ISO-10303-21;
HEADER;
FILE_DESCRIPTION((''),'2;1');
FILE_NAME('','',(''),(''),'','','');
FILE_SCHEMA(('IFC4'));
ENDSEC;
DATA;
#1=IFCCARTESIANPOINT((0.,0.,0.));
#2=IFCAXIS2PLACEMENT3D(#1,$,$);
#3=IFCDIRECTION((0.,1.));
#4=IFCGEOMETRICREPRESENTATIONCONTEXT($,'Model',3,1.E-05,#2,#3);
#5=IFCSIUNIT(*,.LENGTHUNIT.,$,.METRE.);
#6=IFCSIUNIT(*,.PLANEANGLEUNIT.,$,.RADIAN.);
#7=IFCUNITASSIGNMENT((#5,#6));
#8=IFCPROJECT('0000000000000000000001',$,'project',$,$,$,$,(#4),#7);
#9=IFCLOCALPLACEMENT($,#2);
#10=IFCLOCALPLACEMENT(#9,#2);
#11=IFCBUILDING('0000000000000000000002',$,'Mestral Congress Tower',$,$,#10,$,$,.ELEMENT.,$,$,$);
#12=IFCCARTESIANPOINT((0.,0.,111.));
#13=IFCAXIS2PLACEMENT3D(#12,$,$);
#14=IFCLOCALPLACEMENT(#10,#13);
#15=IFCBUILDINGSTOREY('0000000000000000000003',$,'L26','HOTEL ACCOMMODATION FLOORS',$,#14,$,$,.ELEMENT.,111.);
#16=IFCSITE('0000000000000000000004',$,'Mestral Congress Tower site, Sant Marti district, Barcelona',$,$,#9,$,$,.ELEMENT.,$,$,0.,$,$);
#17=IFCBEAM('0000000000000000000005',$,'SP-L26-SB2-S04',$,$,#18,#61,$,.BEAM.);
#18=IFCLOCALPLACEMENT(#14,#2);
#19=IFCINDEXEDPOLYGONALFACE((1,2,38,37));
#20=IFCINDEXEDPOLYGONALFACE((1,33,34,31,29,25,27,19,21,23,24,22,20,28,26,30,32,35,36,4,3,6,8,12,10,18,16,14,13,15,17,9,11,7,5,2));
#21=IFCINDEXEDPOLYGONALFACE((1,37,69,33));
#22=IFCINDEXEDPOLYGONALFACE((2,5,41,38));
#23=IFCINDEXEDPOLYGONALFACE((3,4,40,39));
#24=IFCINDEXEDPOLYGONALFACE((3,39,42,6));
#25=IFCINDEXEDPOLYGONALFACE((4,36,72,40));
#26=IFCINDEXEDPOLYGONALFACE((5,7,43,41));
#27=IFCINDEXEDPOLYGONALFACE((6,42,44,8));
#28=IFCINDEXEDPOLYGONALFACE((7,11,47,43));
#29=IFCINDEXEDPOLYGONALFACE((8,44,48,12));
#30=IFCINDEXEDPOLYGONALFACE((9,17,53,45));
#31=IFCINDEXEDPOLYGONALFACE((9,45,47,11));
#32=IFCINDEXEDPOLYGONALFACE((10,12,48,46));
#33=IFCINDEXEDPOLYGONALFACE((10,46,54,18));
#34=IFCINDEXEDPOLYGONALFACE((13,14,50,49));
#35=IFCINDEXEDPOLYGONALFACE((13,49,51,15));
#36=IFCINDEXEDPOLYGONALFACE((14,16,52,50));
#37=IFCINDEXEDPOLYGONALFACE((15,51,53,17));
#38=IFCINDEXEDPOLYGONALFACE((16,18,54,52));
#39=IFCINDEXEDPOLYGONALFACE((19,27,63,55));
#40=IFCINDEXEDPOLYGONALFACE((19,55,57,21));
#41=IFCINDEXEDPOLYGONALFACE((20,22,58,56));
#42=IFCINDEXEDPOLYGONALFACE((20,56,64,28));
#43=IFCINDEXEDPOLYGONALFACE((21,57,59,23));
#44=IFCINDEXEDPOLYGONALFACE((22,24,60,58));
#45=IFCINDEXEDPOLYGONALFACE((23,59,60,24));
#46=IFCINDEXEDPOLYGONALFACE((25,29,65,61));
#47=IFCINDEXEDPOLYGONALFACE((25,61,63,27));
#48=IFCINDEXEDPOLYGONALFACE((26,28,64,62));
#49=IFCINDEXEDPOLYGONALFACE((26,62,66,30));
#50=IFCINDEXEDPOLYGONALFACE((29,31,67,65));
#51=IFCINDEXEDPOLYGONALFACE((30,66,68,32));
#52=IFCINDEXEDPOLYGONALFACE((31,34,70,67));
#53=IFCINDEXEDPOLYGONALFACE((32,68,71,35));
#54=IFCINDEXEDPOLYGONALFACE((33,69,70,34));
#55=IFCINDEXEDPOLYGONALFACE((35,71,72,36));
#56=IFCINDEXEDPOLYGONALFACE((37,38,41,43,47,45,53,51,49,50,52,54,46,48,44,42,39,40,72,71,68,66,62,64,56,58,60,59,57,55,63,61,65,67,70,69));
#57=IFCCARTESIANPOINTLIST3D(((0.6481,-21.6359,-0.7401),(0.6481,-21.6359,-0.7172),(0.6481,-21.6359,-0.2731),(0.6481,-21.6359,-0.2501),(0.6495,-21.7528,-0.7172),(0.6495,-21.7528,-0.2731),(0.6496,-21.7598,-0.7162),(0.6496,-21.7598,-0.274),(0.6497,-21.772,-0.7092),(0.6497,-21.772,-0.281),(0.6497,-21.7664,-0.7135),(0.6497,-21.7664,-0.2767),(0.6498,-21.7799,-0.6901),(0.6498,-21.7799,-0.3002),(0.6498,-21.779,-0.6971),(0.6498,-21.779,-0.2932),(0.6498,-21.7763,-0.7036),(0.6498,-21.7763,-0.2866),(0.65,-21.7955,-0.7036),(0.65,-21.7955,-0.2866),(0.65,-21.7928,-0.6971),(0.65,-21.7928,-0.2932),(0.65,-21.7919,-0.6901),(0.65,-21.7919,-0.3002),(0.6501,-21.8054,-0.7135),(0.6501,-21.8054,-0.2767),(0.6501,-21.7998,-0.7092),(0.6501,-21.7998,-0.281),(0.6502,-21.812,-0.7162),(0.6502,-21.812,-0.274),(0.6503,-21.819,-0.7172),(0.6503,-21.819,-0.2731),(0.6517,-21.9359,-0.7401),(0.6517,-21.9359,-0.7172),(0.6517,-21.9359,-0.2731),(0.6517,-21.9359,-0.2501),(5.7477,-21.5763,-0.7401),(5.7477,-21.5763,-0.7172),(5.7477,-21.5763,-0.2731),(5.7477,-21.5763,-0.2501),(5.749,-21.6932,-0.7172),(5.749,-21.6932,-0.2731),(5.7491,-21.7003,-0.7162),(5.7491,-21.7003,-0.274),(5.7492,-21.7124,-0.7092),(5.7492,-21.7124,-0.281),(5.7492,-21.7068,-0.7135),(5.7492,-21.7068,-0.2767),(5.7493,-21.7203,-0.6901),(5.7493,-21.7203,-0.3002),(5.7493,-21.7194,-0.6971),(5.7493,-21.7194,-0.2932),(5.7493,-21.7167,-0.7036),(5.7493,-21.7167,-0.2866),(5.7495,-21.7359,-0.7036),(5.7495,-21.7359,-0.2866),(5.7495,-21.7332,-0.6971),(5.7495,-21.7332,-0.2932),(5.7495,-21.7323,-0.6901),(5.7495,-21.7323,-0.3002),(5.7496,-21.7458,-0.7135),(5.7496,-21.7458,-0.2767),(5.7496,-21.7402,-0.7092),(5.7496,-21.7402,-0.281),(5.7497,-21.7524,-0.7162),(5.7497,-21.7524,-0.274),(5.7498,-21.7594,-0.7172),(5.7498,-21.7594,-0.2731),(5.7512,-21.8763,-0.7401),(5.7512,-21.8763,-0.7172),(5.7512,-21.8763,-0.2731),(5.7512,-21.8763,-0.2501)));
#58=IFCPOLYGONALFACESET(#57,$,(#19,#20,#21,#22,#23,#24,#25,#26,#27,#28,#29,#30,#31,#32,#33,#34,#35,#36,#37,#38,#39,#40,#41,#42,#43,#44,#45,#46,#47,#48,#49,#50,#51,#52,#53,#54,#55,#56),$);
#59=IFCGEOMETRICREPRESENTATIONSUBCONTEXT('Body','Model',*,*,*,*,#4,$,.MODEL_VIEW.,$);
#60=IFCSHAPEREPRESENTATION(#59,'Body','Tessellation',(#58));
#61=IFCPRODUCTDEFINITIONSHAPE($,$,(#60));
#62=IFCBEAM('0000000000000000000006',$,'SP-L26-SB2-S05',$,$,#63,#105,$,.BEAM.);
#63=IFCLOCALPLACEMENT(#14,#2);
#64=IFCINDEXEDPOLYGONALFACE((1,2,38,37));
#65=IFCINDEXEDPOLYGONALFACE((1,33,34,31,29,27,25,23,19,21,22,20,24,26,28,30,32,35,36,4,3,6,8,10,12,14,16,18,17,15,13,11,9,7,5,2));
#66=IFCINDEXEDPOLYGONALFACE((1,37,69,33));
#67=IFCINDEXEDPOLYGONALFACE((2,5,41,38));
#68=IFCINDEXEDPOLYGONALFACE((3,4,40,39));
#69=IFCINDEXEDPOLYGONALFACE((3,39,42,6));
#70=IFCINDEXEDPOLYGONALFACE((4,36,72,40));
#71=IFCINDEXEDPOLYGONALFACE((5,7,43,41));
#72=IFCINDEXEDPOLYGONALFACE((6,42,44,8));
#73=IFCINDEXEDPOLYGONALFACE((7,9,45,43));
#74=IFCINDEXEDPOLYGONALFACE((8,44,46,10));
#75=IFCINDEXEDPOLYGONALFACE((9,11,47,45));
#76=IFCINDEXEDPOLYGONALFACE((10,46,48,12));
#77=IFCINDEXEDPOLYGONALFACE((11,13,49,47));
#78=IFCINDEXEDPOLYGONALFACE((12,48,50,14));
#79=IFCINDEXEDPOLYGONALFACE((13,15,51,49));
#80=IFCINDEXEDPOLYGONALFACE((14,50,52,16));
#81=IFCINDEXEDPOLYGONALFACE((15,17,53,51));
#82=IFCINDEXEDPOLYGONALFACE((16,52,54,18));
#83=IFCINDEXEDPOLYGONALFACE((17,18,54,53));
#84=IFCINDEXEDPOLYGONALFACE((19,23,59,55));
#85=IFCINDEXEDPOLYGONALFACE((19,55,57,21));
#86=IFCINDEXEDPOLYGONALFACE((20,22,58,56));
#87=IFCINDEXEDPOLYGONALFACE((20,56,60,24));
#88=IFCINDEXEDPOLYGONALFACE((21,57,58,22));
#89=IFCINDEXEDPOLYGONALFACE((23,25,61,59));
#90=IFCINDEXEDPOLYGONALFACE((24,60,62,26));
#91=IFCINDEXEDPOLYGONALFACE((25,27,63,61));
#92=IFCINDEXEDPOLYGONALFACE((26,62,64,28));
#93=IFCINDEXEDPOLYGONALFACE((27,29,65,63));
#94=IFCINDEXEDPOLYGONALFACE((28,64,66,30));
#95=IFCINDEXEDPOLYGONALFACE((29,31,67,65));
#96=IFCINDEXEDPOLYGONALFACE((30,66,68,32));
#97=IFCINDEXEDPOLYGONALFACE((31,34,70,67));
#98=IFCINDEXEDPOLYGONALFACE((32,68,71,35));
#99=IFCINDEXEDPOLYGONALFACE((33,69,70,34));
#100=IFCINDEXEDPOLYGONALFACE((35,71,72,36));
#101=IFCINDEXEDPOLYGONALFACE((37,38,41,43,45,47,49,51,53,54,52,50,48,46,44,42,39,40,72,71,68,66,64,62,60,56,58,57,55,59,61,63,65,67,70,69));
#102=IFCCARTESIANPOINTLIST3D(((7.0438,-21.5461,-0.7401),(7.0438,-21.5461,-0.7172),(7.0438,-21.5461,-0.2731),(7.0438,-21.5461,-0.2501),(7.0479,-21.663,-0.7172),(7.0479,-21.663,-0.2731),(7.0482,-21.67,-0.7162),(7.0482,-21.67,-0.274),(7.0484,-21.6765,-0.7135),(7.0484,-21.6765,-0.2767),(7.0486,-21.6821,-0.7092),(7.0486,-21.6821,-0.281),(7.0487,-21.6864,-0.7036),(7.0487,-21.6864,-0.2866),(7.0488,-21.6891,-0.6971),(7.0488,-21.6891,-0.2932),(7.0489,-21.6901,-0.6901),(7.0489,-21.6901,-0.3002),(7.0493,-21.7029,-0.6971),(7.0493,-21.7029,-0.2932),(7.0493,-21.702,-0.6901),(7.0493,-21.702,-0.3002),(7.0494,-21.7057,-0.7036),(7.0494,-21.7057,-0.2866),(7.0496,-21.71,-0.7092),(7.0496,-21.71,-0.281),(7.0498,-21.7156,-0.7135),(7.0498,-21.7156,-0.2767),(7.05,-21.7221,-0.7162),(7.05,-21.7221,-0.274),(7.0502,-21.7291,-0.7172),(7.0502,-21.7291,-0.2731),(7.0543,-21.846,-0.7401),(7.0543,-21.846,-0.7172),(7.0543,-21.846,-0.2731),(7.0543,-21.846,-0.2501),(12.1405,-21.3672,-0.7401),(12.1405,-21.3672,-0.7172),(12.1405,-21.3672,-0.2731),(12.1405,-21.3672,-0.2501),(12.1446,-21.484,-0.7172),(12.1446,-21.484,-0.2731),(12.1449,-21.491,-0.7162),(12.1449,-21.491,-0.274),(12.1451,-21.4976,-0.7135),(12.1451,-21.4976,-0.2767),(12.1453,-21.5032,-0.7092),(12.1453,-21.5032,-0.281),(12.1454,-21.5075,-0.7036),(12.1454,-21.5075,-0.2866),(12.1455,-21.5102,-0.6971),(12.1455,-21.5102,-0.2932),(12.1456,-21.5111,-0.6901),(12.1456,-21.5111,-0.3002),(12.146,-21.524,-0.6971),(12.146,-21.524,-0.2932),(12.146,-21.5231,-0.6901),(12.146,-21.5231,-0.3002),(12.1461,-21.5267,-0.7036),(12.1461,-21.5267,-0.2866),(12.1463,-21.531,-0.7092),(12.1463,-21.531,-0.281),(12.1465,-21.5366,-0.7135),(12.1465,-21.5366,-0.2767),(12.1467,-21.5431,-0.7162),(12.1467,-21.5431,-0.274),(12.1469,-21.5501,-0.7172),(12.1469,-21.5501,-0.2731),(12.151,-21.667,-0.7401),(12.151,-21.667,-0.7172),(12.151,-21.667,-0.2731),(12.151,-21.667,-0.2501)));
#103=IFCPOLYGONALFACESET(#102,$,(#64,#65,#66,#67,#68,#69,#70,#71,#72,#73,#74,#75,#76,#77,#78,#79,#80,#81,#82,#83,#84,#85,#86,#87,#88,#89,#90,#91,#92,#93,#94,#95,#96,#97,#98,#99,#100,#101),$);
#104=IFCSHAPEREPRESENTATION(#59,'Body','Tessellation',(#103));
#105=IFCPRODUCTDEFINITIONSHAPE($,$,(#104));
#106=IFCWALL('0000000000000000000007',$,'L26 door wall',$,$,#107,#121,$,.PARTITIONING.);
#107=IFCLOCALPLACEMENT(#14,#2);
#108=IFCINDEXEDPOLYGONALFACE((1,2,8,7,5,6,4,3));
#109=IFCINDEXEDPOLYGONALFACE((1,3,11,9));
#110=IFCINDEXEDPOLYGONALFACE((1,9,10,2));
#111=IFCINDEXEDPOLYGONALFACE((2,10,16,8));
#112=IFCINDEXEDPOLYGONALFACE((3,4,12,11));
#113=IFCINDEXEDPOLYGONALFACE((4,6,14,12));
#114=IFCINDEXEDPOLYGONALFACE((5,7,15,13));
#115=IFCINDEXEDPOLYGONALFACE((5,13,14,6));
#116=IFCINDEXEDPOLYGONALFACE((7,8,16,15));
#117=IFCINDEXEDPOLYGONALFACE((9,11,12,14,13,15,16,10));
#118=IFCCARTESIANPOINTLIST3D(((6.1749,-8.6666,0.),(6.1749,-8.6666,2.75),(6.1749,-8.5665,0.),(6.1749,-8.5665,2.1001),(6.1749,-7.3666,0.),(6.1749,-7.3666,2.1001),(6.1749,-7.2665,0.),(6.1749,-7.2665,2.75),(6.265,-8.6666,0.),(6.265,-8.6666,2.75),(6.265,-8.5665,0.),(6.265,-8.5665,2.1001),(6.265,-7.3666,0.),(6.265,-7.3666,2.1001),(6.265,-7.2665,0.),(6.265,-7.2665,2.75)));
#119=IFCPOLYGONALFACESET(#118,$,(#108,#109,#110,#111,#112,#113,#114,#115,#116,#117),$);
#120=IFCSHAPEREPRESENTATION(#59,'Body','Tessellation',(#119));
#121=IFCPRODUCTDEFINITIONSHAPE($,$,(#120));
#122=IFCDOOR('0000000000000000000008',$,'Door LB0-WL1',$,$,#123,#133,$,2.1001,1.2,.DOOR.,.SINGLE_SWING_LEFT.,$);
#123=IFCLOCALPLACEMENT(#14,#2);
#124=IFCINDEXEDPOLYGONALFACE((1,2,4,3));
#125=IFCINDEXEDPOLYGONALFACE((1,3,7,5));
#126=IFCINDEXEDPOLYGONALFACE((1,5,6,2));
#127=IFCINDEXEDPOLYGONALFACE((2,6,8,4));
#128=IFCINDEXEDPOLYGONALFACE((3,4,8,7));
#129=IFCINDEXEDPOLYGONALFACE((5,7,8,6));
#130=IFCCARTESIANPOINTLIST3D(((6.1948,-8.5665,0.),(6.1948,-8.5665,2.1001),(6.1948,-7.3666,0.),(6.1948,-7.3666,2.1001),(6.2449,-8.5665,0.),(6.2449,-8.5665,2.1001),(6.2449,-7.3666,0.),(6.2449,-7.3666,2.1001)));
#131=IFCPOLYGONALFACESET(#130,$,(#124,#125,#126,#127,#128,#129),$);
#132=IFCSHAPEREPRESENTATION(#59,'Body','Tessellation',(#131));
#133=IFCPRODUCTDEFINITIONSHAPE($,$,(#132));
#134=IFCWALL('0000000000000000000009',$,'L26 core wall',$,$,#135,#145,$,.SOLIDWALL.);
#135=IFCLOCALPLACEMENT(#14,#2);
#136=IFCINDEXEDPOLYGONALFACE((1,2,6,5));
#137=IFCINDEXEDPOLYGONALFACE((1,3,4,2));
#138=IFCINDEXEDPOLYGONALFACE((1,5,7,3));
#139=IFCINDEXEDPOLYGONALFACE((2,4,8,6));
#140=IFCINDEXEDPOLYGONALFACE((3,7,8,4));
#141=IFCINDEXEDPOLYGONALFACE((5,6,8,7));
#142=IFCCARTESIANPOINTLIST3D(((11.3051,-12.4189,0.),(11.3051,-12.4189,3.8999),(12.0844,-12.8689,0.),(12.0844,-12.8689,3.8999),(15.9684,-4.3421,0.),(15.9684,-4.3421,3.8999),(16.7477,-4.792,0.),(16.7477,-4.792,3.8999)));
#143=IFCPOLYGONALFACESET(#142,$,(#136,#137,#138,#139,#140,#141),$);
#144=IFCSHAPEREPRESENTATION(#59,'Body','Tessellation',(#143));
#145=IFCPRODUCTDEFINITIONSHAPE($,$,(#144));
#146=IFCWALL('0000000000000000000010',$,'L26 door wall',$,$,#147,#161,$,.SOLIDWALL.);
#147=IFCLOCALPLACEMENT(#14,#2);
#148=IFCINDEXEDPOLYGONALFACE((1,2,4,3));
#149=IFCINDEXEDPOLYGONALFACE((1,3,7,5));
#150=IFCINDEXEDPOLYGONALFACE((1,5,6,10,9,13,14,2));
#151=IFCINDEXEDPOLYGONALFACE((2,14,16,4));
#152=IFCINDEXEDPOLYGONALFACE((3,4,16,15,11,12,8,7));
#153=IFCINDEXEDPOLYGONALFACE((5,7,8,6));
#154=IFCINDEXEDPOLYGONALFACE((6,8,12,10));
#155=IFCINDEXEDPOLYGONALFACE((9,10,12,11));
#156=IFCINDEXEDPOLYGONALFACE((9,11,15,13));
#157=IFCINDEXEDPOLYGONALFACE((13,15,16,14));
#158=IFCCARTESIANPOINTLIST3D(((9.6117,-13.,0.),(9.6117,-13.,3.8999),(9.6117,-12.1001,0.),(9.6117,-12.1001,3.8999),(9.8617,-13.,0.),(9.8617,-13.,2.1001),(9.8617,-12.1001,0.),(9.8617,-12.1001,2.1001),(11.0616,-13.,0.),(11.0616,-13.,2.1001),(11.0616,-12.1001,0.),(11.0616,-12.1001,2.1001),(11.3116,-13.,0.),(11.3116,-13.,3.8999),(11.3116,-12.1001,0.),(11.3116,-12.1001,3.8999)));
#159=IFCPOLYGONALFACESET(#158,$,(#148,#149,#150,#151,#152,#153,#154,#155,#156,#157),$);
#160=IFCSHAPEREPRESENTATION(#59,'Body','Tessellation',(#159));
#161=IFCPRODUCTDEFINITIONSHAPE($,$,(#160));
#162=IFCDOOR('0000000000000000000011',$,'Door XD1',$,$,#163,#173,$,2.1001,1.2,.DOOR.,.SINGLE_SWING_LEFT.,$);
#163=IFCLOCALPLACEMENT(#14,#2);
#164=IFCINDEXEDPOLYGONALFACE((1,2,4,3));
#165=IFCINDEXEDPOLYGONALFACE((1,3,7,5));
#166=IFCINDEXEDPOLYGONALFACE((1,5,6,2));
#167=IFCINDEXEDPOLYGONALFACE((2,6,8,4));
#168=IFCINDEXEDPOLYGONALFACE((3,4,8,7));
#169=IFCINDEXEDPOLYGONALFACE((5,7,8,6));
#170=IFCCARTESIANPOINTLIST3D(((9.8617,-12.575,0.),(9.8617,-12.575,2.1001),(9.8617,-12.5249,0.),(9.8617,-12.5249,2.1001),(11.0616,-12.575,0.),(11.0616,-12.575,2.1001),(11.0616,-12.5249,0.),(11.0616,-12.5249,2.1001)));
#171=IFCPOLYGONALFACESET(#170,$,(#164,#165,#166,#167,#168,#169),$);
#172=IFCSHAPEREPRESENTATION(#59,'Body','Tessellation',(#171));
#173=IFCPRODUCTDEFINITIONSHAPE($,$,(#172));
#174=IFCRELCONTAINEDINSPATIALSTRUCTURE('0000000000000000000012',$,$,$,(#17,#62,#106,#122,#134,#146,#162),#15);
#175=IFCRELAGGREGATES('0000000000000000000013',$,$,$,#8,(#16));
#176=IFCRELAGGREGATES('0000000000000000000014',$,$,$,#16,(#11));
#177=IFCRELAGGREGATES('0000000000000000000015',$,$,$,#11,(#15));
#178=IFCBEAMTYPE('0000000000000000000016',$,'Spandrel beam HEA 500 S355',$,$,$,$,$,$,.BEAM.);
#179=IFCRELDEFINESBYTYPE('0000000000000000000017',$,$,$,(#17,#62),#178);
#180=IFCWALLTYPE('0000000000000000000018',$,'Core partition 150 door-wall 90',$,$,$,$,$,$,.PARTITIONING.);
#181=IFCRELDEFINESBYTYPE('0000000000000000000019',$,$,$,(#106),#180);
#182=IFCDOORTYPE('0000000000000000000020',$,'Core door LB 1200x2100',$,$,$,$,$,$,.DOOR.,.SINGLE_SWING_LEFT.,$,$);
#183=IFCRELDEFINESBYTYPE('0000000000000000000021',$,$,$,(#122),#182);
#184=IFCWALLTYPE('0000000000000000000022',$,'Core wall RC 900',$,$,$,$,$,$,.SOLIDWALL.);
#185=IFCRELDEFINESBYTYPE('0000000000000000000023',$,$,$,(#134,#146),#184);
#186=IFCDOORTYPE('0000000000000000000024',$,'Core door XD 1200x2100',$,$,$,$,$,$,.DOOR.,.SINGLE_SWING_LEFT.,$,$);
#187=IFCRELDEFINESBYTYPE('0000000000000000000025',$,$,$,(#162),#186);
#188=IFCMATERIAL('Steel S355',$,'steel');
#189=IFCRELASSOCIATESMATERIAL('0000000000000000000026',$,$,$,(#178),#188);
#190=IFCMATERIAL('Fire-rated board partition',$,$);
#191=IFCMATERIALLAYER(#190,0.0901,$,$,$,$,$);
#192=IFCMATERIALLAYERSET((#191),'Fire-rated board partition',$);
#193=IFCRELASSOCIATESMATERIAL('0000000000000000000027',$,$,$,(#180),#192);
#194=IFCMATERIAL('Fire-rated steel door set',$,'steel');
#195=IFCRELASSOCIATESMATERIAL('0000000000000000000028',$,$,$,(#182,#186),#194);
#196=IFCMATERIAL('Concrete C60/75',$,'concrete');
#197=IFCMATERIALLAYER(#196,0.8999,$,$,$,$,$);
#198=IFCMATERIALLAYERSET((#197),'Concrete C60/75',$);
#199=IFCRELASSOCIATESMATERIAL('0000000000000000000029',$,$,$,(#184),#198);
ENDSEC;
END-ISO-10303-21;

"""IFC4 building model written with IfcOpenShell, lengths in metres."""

from ifc_helpers import new_model, si_unit, direction, frame, frame_2d, origin, origin_2d, place, context, subcontext, project, spatial, rectangle, i_section, extrude, material, layer, layer_set, material_profile, profile_set, type_object, element, fill, save


model = new_model("IFC4")

# Units and contexts
model_context = context("Model", 3, precision=1e-05, world=origin(), true_north=direction((0.0, 1.0)))
body_context = subcontext(model_context, "Body", "Model", "MODEL_VIEW")
ifc_project = project(units=[si_unit("LENGTHUNIT", "METRE"), si_unit("PLANEANGLEUNIT", "RADIAN")], contexts=[model_context])

# Site, building, storey
site_placement = place(None, origin())
site = spatial("IfcSite", under=ifc_project, at=site_placement, Name="Mestral Congress Tower site, Sant Marti district, Barcelona", CompositionType="ELEMENT", RefElevation=0.0)
building_placement = place(site_placement, origin())
building = spatial("IfcBuilding", under=site, at=building_placement, Name="Mestral Congress Tower", CompositionType="ELEMENT")
storey_placement = place(building_placement, frame((0.0, 0.0, 111.0)))
storey = spatial("IfcBuildingStorey", under=building, at=storey_placement, Name="L26", Description="HOTEL ACCOMMODATION FLOORS", CompositionType="ELEMENT", Elevation=111.0)

# Beams
ifc_material_1 = material(Name="Steel S355", Category="steel")
ifc_material_profile_1 = material_profile(ifc_material_1, i_section(OverallWidth=0.3, OverallDepth=0.49, WebThickness=0.012, FlangeThickness=0.0229, FilletRadius=0.0271, at=origin_2d()), Name="HEA 500")
ifc_profile_set_1 = profile_set([ifc_material_profile_1], Name="Steel S355")
beam_type_1 = type_object("IfcBeamType", Name="Spandrel beam HEA 500 S355", PredefinedType="BEAM", material=ifc_profile_set_1)
for number, where, z_axis, x_axis, name in (
    (1, (0.6499, -21.7859, -0.4951), (0.999932, 0.011681, 0.0), (-0.011681, 0.999932, 0.0), "SP-L26-SB2-S04"),
    (2, (7.0491, -21.696, -0.4951), (0.999384, 0.03509, 0.0), (-0.03509, 0.999384, 0.0), "SP-L26-SB2-S05"),
):
    element("IfcBeam", number, at=place(storey_placement, frame(where, z_axis=z_axis, x_axis=x_axis)), inside=storey, type_object=beam_type_1, Name=name, PredefinedType="BEAM", context=body_context, shape_type="SweptSolid", body=[
        extrude(i_section(OverallWidth=0.3, OverallDepth=0.49, WebThickness=0.012, FlangeThickness=0.0229, FilletRadius=0.0271, at=origin_2d()), origin(), (0.0, 0.0, 1.0), 5.0999),
    ])

# Wall, opening, door
ifc_material_2 = material(Name="Fire-rated board partition")
ifc_layer_1 = layer(ifc_material_2, 0.0901)
ifc_layer_set_1 = layer_set([ifc_layer_1], Name="Fire-rated board partition")
wall_type_1 = type_object("IfcWallType", Name="Core partition 150 door-wall 90", PredefinedType="PARTITIONING", material=ifc_layer_set_1)
wall_1_placement = place(storey_placement, frame((6.22, -7.2664, 0.0), z_axis=(0.0, 0.0, 1.0), x_axis=(0.0, -1.0, 0.0)))
wall_1 = element("IfcWall", 3, at=wall_1_placement, inside=storey, type_object=wall_type_1, Name="L26 door wall", PredefinedType="PARTITIONING", context=body_context, shape_type="SweptSolid", body=[
    extrude(rectangle(XDim=1.4001, YDim=0.0901, at=frame_2d((0.7002, 0.0))), origin(), (0.0, 0.0, 1.0), 2.75),
])
opening_1_placement = place(wall_1_placement, frame((0.1001, 0.0, 0.0)))
opening_1 = element("IfcOpeningElement", 4, at=opening_1_placement, cuts=wall_1, PredefinedType="OPENING", context=body_context, shape_type="SweptSolid", body=[
    extrude(rectangle(XDim=1.2, YDim=2.1001, at=frame_2d((0.6001, 1.05))), frame((0.0, 0.0549, 0.0), z_axis=(0.0, -1.0, 0.0), x_axis=(1.0, 0.0, 0.0)), (0.0, 0.0, 1.0), 0.1101),
])
ifc_material_3 = material(Name="Fire-rated steel door set", Category="steel")
door_type_1 = type_object("IfcDoorType", Name="Core door LB 1200x2100", OperationType="SINGLE_SWING_LEFT", PredefinedType="DOOR", material=ifc_material_3)
door_1_placement = place(opening_1_placement, origin())
door_1 = element("IfcDoor", 5, at=door_1_placement, inside=storey, type_object=door_type_1, Name="Door LB0-WL1", OperationType="SINGLE_SWING_LEFT", OverallHeight=2.1001, OverallWidth=1.2, PredefinedType="DOOR", context=body_context, shape_type="SweptSolid", body=[
    extrude(rectangle(XDim=1.2, YDim=2.1001, at=frame_2d((0.6001, 1.05))), frame((0.0, 0.0249, 0.0), z_axis=(0.0, -1.0, 0.0), x_axis=(1.0, 0.0, 0.0)), (0.0, 0.0, 1.0), 0.05),
])
fill(opening_1, door_1)

# Wall
ifc_material_4 = material(Name="Concrete C60/75", Category="concrete")
ifc_layer_2 = layer(ifc_material_4, 0.8999)
ifc_layer_set_2 = layer_set([ifc_layer_2], Name="Concrete C60/75")
wall_type_2 = type_object("IfcWallType", Name="Core wall RC 900", PredefinedType="SOLIDWALL", material=ifc_layer_set_2)
wall_2_placement = place(storey_placement, frame((11.6948, -12.6438, 0.0), z_axis=(0.0, 0.0, 1.0), x_axis=(0.50001, 0.866019, 0.0)))
element("IfcWall", 6, at=wall_2_placement, inside=storey, type_object=wall_type_2, Name="L26 core wall", PredefinedType="SOLIDWALL", context=body_context, shape_type="SweptSolid", body=[
    extrude(rectangle(XDim=9.3264, YDim=0.8999, at=frame_2d((4.6631, 0.0))), origin(), (0.0, 0.0, 1.0), 3.8999),
])

# Wall, opening, door
wall_3_placement = place(storey_placement, frame((11.3118, -12.55, 0.0), z_axis=(0.0, 0.0, 1.0), x_axis=(-1.0, 0.0, 0.0)))
wall_3 = element("IfcWall", 7, at=wall_3_placement, inside=storey, type_object=wall_type_2, Name="L26 door wall", PredefinedType="SOLIDWALL", context=body_context, shape_type="SweptSolid", body=[
    extrude(rectangle(XDim=1.7, YDim=0.8999, at=frame_2d((0.8501, 0.0))), origin(), (0.0, 0.0, 1.0), 3.8999),
])
opening_2_placement = place(wall_3_placement, frame((0.25, 0.0, 0.0)))
opening_2 = element("IfcOpeningElement", 8, at=opening_2_placement, cuts=wall_3, PredefinedType="OPENING", context=body_context, shape_type="SweptSolid", body=[
    extrude(rectangle(XDim=1.2, YDim=2.1001, at=frame_2d((0.6001, 1.05))), frame((0.0, 0.46, 0.0), z_axis=(0.0, -1.0, 0.0), x_axis=(1.0, 0.0, 0.0)), (0.0, 0.0, 1.0), 0.9199),
])
door_type_2 = type_object("IfcDoorType", Name="Core door XD 1200x2100", OperationType="SINGLE_SWING_LEFT", PredefinedType="DOOR", material=ifc_material_3)
door_2_placement = place(opening_2_placement, origin())
door_2 = element("IfcDoor", 9, at=door_2_placement, inside=storey, type_object=door_type_2, Name="Door XD1", OperationType="SINGLE_SWING_LEFT", OverallHeight=2.1001, OverallWidth=1.2, PredefinedType="DOOR", context=body_context, shape_type="SweptSolid", body=[
    extrude(rectangle(XDim=1.2, YDim=2.1001, at=frame_2d((0.6001, 1.05))), frame((0.0, 0.0249, 0.0), z_axis=(0.0, -1.0, 0.0), x_axis=(1.0, 0.0, 0.0)), (0.0, 0.0, 1.0), 0.05),
])
fill(opening_2, door_2)

save(model, "model.ifc")
